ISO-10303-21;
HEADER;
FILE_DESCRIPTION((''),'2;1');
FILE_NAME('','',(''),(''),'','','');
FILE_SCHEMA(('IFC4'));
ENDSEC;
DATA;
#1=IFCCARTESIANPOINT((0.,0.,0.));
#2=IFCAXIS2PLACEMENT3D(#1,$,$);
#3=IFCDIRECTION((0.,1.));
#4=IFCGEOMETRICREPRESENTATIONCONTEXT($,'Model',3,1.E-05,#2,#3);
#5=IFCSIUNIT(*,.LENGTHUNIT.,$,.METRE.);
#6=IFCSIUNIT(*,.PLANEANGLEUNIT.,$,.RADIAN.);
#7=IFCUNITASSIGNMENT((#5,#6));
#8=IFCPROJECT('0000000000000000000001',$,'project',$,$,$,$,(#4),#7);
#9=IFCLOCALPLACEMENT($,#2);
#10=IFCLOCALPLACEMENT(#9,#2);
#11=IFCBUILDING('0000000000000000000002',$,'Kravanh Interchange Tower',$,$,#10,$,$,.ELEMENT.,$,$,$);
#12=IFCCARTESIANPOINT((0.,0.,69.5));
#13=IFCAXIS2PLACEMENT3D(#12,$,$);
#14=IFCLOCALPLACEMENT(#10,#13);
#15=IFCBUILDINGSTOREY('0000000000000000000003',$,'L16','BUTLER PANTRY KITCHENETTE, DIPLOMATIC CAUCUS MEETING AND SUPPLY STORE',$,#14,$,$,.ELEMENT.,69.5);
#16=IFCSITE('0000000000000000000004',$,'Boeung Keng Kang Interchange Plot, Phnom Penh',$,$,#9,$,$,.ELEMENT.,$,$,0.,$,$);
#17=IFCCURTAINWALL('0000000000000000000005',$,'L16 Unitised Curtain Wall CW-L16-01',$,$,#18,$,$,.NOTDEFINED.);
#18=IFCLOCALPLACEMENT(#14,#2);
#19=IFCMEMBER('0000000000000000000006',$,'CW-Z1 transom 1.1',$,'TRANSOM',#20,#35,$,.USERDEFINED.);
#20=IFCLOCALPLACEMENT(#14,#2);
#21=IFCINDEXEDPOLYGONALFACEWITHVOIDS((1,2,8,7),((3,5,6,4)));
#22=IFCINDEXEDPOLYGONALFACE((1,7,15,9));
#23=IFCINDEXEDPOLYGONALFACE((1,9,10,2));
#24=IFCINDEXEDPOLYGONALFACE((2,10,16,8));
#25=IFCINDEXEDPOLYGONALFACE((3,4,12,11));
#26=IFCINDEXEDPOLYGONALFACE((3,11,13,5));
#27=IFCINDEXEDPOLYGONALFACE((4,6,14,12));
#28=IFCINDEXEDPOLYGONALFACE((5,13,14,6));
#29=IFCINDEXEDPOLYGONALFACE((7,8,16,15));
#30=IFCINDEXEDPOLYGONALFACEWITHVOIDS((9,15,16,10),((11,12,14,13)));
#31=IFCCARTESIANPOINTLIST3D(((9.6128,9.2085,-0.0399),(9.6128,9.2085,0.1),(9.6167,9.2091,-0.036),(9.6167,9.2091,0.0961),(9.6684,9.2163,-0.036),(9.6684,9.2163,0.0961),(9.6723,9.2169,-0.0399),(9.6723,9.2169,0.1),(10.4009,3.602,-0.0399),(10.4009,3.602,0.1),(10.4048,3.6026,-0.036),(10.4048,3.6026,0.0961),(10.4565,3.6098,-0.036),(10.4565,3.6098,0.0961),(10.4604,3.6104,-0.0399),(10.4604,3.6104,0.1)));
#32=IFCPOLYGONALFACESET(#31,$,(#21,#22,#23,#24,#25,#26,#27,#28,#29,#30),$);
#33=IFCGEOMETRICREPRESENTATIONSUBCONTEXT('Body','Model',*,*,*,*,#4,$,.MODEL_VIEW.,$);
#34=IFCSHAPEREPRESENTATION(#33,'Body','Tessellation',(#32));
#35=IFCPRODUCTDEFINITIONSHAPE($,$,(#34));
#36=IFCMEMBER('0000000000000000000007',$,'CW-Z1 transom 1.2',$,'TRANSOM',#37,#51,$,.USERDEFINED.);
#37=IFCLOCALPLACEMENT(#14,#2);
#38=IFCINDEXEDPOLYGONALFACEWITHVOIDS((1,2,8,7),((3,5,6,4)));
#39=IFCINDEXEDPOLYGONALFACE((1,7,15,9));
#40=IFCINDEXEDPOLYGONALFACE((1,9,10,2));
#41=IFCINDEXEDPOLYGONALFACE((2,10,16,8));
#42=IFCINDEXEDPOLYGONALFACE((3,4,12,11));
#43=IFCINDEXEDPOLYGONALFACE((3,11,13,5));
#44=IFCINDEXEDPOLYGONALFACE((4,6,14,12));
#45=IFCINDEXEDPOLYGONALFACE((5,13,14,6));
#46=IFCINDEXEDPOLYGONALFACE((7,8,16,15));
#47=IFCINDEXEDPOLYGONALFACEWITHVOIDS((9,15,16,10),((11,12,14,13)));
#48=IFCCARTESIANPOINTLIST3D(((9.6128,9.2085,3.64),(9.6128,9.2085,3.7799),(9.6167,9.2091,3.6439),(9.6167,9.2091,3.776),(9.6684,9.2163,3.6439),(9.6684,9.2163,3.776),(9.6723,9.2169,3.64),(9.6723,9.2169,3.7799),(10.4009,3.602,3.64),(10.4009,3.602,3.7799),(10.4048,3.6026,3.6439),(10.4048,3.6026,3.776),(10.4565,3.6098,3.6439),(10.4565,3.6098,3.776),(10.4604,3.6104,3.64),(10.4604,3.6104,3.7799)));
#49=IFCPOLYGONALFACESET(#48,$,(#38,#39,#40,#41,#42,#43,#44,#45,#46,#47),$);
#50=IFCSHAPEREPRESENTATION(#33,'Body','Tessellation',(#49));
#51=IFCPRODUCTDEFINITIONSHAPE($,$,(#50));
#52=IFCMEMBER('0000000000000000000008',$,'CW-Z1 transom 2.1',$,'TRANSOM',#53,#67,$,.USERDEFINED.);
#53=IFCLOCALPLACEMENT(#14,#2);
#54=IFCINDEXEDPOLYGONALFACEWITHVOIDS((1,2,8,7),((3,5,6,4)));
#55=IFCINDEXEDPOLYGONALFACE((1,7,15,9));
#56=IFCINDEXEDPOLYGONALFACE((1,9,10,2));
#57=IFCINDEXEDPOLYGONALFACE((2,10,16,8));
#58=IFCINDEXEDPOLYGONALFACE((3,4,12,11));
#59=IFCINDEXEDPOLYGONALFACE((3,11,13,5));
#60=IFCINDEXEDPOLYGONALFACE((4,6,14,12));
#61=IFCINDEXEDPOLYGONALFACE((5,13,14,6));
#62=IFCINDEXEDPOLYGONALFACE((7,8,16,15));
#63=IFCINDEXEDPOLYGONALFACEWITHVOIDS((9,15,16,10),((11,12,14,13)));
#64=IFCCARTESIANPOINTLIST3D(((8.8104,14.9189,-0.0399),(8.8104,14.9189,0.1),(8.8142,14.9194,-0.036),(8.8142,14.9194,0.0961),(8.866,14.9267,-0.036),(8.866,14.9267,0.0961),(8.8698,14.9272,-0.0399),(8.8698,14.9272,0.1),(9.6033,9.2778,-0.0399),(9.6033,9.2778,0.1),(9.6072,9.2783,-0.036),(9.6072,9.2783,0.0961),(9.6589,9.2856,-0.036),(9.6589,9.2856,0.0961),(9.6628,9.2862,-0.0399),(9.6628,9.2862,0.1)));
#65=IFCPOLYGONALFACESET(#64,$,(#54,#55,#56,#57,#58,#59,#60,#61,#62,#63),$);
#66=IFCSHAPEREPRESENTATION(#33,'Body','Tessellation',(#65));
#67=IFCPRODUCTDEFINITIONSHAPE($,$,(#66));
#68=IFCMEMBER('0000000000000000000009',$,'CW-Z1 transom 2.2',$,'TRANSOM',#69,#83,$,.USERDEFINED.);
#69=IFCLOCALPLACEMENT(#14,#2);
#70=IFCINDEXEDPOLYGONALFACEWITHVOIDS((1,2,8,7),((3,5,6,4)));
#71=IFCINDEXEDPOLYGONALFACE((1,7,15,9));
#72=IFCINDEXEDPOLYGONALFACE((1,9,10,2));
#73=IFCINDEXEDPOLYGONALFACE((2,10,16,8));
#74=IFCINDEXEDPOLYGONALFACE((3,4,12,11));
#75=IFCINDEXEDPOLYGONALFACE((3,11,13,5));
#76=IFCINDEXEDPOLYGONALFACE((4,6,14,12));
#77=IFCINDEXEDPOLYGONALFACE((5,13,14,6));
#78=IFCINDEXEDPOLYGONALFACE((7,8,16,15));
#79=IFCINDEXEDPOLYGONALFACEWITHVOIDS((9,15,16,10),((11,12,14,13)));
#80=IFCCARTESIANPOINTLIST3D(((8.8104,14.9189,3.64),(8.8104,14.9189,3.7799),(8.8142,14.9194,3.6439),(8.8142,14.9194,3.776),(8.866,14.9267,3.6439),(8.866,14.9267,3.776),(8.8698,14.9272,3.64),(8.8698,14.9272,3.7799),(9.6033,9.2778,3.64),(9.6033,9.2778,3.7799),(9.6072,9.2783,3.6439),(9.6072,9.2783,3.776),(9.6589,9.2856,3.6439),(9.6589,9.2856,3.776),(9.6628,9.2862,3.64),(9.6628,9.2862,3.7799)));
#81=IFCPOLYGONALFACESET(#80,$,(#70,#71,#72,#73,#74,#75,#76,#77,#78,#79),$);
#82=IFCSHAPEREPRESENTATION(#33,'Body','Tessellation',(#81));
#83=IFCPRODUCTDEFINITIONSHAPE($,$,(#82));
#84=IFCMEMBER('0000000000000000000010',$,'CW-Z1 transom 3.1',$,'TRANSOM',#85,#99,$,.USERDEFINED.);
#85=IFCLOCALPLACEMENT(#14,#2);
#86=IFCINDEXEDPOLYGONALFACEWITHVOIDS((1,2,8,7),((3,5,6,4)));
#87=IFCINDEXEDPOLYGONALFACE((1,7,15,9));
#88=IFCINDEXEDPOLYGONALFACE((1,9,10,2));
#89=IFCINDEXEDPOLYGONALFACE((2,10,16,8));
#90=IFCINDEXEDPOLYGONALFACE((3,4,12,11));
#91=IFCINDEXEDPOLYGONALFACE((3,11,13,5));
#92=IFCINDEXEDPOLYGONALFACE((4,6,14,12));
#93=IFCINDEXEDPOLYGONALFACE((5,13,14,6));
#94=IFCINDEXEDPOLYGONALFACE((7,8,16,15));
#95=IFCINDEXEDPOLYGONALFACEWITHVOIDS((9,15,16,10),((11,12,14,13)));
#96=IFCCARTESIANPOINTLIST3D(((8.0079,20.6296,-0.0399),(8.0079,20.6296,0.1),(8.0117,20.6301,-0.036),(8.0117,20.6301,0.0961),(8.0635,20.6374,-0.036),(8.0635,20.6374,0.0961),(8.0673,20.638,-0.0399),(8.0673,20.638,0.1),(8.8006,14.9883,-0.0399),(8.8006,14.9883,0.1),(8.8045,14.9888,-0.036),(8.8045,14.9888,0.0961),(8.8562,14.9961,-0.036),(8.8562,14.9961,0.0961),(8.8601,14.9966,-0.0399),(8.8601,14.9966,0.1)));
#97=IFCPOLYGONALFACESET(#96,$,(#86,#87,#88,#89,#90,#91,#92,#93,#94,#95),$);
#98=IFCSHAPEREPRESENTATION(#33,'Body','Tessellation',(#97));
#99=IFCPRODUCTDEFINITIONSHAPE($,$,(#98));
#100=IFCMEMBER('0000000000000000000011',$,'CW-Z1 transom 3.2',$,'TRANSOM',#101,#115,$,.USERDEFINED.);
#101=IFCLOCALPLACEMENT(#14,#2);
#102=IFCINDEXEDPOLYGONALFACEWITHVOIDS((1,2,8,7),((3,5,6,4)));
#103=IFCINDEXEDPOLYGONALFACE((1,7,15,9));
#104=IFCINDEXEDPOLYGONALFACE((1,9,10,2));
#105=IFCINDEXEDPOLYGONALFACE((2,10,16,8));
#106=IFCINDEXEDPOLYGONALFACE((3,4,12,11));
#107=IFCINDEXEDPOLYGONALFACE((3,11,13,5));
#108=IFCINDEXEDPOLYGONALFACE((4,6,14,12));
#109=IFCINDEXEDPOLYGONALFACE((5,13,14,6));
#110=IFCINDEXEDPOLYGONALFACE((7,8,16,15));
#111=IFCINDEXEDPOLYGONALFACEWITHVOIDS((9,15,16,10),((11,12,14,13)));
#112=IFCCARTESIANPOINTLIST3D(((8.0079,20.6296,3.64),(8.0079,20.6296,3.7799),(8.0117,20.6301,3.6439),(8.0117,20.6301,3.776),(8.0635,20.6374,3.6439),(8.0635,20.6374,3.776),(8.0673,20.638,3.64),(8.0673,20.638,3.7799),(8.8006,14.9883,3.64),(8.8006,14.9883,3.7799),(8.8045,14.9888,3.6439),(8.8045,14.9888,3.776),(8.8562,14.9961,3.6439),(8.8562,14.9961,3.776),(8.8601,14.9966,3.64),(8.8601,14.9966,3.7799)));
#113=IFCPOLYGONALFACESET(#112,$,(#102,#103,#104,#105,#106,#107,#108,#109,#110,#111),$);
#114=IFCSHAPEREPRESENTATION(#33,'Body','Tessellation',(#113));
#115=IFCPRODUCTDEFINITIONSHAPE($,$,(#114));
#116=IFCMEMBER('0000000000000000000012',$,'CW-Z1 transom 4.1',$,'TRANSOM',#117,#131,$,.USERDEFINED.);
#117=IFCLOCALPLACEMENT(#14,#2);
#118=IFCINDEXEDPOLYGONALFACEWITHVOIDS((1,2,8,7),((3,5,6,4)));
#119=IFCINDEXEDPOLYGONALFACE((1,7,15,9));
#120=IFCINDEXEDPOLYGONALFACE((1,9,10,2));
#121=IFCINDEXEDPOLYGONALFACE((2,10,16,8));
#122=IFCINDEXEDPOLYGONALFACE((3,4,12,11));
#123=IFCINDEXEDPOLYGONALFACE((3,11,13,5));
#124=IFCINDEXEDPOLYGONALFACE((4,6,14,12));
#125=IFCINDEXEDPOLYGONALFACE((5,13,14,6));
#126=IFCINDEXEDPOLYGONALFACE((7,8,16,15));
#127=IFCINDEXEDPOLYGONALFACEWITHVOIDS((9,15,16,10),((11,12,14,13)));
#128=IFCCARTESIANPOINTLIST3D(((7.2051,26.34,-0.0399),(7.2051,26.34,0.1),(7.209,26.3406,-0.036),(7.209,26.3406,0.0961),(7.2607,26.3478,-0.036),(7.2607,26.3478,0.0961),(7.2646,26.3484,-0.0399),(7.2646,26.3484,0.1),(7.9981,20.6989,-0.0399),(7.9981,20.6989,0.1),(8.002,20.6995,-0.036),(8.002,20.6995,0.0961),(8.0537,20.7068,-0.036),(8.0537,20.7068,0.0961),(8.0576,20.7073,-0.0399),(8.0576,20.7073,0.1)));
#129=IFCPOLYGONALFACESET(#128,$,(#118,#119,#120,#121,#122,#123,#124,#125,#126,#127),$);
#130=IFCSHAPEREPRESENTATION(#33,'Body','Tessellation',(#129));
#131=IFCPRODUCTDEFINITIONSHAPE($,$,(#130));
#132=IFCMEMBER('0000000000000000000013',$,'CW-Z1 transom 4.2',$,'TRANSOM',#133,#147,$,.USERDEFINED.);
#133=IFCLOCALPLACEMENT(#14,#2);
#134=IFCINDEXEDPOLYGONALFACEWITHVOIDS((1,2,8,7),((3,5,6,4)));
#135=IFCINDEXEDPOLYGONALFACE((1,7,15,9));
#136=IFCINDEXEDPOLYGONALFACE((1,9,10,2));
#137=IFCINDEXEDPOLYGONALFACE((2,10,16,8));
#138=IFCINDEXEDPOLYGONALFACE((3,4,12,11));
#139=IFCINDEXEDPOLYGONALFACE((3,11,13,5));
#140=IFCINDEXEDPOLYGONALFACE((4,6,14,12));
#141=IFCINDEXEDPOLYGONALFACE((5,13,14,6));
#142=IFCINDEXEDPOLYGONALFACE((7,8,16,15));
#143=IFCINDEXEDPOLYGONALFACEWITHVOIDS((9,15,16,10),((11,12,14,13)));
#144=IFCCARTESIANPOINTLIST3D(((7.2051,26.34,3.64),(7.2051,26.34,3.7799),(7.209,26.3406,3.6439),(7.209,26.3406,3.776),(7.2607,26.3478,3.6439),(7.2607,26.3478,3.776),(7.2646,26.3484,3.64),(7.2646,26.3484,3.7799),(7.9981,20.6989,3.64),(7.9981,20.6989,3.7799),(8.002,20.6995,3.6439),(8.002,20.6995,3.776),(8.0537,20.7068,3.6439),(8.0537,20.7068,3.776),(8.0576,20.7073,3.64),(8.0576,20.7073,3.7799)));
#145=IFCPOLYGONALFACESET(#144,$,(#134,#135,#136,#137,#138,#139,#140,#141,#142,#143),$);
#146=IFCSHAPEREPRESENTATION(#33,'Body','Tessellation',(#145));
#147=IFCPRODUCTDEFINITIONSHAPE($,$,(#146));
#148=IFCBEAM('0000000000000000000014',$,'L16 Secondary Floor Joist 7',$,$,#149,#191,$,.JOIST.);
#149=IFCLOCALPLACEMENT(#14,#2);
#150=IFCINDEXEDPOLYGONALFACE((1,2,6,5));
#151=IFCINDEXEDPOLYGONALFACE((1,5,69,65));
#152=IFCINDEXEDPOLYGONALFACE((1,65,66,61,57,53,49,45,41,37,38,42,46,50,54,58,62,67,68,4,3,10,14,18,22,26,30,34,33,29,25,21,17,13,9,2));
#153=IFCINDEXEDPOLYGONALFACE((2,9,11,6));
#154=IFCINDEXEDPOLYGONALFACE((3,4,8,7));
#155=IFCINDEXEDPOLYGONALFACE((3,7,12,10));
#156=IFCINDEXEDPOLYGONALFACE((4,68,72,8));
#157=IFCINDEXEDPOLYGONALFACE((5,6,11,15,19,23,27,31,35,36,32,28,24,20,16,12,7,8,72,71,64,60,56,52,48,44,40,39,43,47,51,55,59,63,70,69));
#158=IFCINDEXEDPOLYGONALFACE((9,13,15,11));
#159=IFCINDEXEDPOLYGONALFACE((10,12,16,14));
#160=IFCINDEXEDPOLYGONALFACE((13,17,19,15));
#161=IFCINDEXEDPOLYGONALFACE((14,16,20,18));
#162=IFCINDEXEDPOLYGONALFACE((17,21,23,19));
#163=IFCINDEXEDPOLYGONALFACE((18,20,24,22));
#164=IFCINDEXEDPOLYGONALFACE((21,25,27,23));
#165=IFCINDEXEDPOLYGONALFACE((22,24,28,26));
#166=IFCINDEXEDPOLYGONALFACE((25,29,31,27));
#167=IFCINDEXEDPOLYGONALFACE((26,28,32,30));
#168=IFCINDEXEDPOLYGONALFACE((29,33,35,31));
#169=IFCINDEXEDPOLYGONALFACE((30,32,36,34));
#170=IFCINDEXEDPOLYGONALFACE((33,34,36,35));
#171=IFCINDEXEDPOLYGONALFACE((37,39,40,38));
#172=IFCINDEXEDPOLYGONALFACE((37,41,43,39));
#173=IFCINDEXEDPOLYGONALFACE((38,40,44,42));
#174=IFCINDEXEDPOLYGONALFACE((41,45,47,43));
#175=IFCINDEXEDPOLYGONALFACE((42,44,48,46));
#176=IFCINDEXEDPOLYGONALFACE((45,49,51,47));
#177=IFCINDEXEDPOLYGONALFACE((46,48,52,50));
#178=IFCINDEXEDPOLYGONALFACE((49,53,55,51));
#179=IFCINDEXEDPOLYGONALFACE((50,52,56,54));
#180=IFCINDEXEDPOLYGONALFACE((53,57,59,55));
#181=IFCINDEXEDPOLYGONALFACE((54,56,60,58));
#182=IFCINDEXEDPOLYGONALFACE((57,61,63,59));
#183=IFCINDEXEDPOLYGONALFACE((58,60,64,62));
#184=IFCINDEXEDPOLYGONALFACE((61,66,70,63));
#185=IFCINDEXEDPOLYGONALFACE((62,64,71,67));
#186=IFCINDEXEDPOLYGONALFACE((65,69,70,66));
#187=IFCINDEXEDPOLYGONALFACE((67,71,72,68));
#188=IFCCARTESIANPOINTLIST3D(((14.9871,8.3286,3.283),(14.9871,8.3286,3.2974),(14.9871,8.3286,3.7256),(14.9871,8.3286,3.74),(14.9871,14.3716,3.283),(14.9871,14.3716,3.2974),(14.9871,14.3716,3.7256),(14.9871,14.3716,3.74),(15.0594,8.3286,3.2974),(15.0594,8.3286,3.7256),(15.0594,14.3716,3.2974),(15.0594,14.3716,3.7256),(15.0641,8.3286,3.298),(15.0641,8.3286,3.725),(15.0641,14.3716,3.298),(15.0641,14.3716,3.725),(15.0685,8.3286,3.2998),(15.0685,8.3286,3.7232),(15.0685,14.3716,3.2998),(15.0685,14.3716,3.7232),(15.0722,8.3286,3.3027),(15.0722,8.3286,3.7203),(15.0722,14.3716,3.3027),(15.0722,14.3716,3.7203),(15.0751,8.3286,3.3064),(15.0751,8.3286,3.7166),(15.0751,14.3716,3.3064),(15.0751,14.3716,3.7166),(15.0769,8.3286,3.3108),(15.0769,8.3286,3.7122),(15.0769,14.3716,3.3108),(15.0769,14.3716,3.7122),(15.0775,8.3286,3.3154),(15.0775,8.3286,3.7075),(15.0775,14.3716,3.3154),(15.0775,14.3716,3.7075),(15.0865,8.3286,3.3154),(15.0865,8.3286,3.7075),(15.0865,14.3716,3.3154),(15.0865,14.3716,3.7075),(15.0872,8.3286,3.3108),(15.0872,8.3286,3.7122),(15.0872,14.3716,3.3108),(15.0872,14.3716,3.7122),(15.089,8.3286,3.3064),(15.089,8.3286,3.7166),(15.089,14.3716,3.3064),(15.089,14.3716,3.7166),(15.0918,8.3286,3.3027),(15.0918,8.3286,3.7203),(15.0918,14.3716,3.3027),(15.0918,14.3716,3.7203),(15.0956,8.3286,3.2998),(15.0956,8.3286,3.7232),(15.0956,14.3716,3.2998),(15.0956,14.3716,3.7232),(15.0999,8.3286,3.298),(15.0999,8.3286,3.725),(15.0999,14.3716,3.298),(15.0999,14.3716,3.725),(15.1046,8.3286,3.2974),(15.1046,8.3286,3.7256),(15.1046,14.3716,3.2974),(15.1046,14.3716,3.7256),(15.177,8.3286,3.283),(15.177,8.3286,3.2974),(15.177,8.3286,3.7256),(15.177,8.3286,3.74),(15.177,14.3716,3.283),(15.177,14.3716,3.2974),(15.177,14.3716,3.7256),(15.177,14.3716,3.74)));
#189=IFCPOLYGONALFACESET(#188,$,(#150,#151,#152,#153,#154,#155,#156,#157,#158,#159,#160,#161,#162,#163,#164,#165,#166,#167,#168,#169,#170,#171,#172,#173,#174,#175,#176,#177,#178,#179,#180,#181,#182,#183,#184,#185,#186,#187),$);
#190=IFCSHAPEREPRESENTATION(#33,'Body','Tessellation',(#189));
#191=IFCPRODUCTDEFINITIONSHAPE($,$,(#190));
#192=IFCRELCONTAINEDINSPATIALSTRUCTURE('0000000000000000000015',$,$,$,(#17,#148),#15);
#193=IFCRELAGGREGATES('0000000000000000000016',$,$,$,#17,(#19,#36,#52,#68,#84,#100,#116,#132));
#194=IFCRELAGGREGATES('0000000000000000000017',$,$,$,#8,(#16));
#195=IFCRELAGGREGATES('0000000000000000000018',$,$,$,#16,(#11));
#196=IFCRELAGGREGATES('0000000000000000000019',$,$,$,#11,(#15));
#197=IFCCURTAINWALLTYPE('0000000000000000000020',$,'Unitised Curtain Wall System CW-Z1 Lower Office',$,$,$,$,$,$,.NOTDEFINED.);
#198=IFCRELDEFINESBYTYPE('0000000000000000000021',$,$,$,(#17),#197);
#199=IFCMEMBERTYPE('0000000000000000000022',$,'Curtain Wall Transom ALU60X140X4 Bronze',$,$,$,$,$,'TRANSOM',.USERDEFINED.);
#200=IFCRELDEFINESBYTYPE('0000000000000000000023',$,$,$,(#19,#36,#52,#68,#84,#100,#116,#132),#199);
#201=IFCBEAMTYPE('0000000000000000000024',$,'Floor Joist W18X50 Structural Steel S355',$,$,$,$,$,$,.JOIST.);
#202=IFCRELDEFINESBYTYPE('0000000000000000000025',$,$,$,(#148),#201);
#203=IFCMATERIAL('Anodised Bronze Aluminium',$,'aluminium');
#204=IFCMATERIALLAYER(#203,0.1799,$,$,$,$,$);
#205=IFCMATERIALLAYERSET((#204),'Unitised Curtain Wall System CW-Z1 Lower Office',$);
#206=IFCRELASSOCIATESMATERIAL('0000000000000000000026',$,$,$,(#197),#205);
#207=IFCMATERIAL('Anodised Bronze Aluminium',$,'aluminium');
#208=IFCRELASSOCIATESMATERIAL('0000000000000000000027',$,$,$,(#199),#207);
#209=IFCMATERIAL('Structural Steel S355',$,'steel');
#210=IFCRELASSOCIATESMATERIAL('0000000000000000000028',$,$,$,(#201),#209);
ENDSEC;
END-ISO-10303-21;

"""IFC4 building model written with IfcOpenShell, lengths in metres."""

from ifc_helpers import new_model, si_unit, direction, frame, origin, origin_2d, place, context, subcontext, project, spatial, hollow_rectangle, i_section, extrude, material, layer, layer_set, material_profile, profile_set, type_object, element, aggregate, save


model = new_model("IFC4")

# Units and contexts
model_context = context("Model", 3, precision=1e-05, world=origin(), true_north=direction((0.0, 1.0)))
body_context = subcontext(model_context, "Body", "Model", "MODEL_VIEW")
ifc_project = project(units=[si_unit("LENGTHUNIT", "METRE"), si_unit("PLANEANGLEUNIT", "RADIAN")], contexts=[model_context])

# Site, building, storey
site_placement = place(None, origin())
site = spatial("IfcSite", under=ifc_project, at=site_placement, Name="Boeung Keng Kang Interchange Plot, Phnom Penh", CompositionType="ELEMENT", RefElevation=0.0)
building_placement = place(site_placement, origin())
building = spatial("IfcBuilding", under=site, at=building_placement, Name="Kravanh Interchange Tower", CompositionType="ELEMENT")
storey_placement = place(building_placement, frame((0.0, 0.0, 69.5)))
storey = spatial("IfcBuildingStorey", under=building, at=storey_placement, Name="L16", Description="BUTLER PANTRY KITCHENETTE, DIPLOMATIC CAUCUS MEETING AND SUPPLY STORE", CompositionType="ELEMENT", Elevation=69.5)

# Curtain wall, members
ifc_material_1 = material(Name="Anodised Bronze Aluminium", Category="aluminium")
ifc_layer_1 = layer(ifc_material_1, 0.1799)
ifc_layer_set_1 = layer_set([ifc_layer_1], Name="Unitised Curtain Wall System CW-Z1 Lower Office")
curtain_wall_type = type_object("IfcCurtainWallType", Name="Unitised Curtain Wall System CW-Z1 Lower Office", PredefinedType="NOTDEFINED", material=ifc_layer_set_1)
curtain_wall_placement = place(storey_placement, origin())
curtain_wall = element("IfcCurtainWall", 1, at=curtain_wall_placement, inside=storey, type_object=curtain_wall_type, Name="L16 Unitised Curtain Wall CW-L16-01", PredefinedType="NOTDEFINED")
ifc_material_2 = material(Name="Anodised Bronze Aluminium", Category="aluminium")
ifc_material_profile_1 = material_profile(ifc_material_2, hollow_rectangle(XDim=0.0601, YDim=0.1399, WallThickness=0.0039, at=origin_2d()), Name="ALU60X140X4")
ifc_profile_set_1 = profile_set([ifc_material_profile_1], Name="Anodised Bronze Aluminium")
member_type_1 = type_object("IfcMemberType", Name="Curtain Wall Transom ALU60X140X4 Bronze", ElementType="TRANSOM", PredefinedType="USERDEFINED", material=ifc_profile_set_1)
member_1_placement = place(storey_placement, frame((10.4307, 3.6062, 0.03), z_axis=(-0.139199, 0.990264, 0.0), x_axis=(-0.990264, -0.139199, 0.0)))
member_1 = element("IfcMember", 2, at=member_1_placement, type_object=member_type_1, Name="CW-Z1 transom 1.1", ObjectType="TRANSOM", PredefinedType="USERDEFINED", context=body_context, shape_type="SweptSolid", body=[
    extrude(hollow_rectangle(XDim=0.0601, YDim=0.1399, WallThickness=0.0039, at=origin_2d()), origin(), (0.0, 0.0, 1.0), 5.6616),
])
member_2_placement = place(storey_placement, frame((10.4307, 3.6062, 3.71), z_axis=(-0.139199, 0.990264, 0.0), x_axis=(-0.990264, -0.139199, 0.0)))
member_2 = element("IfcMember", 3, at=member_2_placement, type_object=member_type_1, Name="CW-Z1 transom 1.2", ObjectType="TRANSOM", PredefinedType="USERDEFINED", context=body_context, shape_type="SweptSolid", body=[
    extrude(hollow_rectangle(XDim=0.0601, YDim=0.1399, WallThickness=0.0039, at=origin_2d()), origin(), (0.0, 0.0, 1.0), 5.6616),
])
member_3_placement = place(storey_placement, frame((9.6331, 9.282, 0.03), z_axis=(-0.139201, 0.990264, 0.0), x_axis=(-0.990264, -0.139201, 0.0)))
member_3 = element("IfcMember", 4, at=member_3_placement, type_object=member_type_1, Name="CW-Z1 transom 2.1", ObjectType="TRANSOM", PredefinedType="USERDEFINED", context=body_context, shape_type="SweptSolid", body=[
    extrude(hollow_rectangle(XDim=0.0601, YDim=0.1399, WallThickness=0.0039, at=origin_2d()), origin(), (0.0, 0.0, 1.0), 5.6965),
])
member_4_placement = place(storey_placement, frame((9.6331, 9.282, 3.71), z_axis=(-0.139201, 0.990264, 0.0), x_axis=(-0.990264, -0.139201, 0.0)))
member_4 = element("IfcMember", 5, at=member_4_placement, type_object=member_type_1, Name="CW-Z1 transom 2.2", ObjectType="TRANSOM", PredefinedType="USERDEFINED", context=body_context, shape_type="SweptSolid", body=[
    extrude(hollow_rectangle(XDim=0.0601, YDim=0.1399, WallThickness=0.0039, at=origin_2d()), origin(), (0.0, 0.0, 1.0), 5.6965),
])
member_5_placement = place(storey_placement, frame((8.8303, 14.9924, 0.03), z_axis=(-0.139153, 0.990271, 0.0), x_axis=(-0.990271, -0.139153, 0.0)))
member_5 = element("IfcMember", 6, at=member_5_placement, type_object=member_type_1, Name="CW-Z1 transom 3.1", ObjectType="TRANSOM", PredefinedType="USERDEFINED", context=body_context, shape_type="SweptSolid", body=[
    extrude(hollow_rectangle(XDim=0.0601, YDim=0.1399, WallThickness=0.0039, at=origin_2d()), origin(), (0.0, 0.0, 1.0), 5.6968),
])
member_6_placement = place(storey_placement, frame((8.8303, 14.9924, 3.71), z_axis=(-0.139153, 0.990271, 0.0), x_axis=(-0.990271, -0.139153, 0.0)))
member_6 = element("IfcMember", 7, at=member_6_placement, type_object=member_type_1, Name="CW-Z1 transom 3.2", ObjectType="TRANSOM", PredefinedType="USERDEFINED", context=body_context, shape_type="SweptSolid", body=[
    extrude(hollow_rectangle(XDim=0.0601, YDim=0.1399, WallThickness=0.0039, at=origin_2d()), origin(), (0.0, 0.0, 1.0), 5.6968),
])
member_7_placement = place(storey_placement, frame((8.0278, 20.7031, 0.03), z_axis=(-0.139201, 0.990264, 0.0), x_axis=(-0.990264, -0.139201, 0.0)))
member_7 = element("IfcMember", 8, at=member_7_placement, type_object=member_type_1, Name="CW-Z1 transom 4.1", ObjectType="TRANSOM", PredefinedType="USERDEFINED", context=body_context, shape_type="SweptSolid", body=[
    extrude(hollow_rectangle(XDim=0.0601, YDim=0.1399, WallThickness=0.0039, at=origin_2d()), origin(), (0.0, 0.0, 1.0), 5.6965),
])
member_8_placement = place(storey_placement, frame((8.0278, 20.7031, 3.71), z_axis=(-0.139201, 0.990264, 0.0), x_axis=(-0.990264, -0.139201, 0.0)))
member_8 = element("IfcMember", 9, at=member_8_placement, type_object=member_type_1, Name="CW-Z1 transom 4.2", ObjectType="TRANSOM", PredefinedType="USERDEFINED", context=body_context, shape_type="SweptSolid", body=[
    extrude(hollow_rectangle(XDim=0.0601, YDim=0.1399, WallThickness=0.0039, at=origin_2d()), origin(), (0.0, 0.0, 1.0), 5.6965),
])

# Beam
ifc_material_3 = material(Name="Structural Steel S355", Category="steel")
ifc_material_profile_2 = material_profile(ifc_material_3, i_section(OverallWidth=0.1899, OverallDepth=0.457, WebThickness=0.009, FlangeThickness=0.0144, FilletRadius=0.0181, at=origin_2d()), Name="W18X50")
ifc_profile_set_2 = profile_set([ifc_material_profile_2], Name="Structural Steel S355")
beam_type_1 = type_object("IfcBeamType", Name="Floor Joist W18X50 Structural Steel S355", PredefinedType="JOIST", material=ifc_profile_set_2)
beam_1_placement = place(storey_placement, frame((15.082, 8.3286, 3.5115), z_axis=(0.0, 1.0, 0.0), x_axis=(-1.0, 0.0, 0.0)))
element("IfcBeam", 10, at=beam_1_placement, inside=storey, type_object=beam_type_1, Name="L16 Secondary Floor Joist 7", PredefinedType="JOIST", context=body_context, shape_type="SweptSolid", body=[
    extrude(i_section(OverallWidth=0.1899, OverallDepth=0.457, WebThickness=0.009, FlangeThickness=0.0144, FilletRadius=0.0181, at=origin_2d()), origin(), (0.0, 0.0, 1.0), 6.043),
])

aggregate(curtain_wall, [member_1, member_2, member_3, member_4, member_5, member_6, member_7, member_8])

save(model, "model.ifc")
